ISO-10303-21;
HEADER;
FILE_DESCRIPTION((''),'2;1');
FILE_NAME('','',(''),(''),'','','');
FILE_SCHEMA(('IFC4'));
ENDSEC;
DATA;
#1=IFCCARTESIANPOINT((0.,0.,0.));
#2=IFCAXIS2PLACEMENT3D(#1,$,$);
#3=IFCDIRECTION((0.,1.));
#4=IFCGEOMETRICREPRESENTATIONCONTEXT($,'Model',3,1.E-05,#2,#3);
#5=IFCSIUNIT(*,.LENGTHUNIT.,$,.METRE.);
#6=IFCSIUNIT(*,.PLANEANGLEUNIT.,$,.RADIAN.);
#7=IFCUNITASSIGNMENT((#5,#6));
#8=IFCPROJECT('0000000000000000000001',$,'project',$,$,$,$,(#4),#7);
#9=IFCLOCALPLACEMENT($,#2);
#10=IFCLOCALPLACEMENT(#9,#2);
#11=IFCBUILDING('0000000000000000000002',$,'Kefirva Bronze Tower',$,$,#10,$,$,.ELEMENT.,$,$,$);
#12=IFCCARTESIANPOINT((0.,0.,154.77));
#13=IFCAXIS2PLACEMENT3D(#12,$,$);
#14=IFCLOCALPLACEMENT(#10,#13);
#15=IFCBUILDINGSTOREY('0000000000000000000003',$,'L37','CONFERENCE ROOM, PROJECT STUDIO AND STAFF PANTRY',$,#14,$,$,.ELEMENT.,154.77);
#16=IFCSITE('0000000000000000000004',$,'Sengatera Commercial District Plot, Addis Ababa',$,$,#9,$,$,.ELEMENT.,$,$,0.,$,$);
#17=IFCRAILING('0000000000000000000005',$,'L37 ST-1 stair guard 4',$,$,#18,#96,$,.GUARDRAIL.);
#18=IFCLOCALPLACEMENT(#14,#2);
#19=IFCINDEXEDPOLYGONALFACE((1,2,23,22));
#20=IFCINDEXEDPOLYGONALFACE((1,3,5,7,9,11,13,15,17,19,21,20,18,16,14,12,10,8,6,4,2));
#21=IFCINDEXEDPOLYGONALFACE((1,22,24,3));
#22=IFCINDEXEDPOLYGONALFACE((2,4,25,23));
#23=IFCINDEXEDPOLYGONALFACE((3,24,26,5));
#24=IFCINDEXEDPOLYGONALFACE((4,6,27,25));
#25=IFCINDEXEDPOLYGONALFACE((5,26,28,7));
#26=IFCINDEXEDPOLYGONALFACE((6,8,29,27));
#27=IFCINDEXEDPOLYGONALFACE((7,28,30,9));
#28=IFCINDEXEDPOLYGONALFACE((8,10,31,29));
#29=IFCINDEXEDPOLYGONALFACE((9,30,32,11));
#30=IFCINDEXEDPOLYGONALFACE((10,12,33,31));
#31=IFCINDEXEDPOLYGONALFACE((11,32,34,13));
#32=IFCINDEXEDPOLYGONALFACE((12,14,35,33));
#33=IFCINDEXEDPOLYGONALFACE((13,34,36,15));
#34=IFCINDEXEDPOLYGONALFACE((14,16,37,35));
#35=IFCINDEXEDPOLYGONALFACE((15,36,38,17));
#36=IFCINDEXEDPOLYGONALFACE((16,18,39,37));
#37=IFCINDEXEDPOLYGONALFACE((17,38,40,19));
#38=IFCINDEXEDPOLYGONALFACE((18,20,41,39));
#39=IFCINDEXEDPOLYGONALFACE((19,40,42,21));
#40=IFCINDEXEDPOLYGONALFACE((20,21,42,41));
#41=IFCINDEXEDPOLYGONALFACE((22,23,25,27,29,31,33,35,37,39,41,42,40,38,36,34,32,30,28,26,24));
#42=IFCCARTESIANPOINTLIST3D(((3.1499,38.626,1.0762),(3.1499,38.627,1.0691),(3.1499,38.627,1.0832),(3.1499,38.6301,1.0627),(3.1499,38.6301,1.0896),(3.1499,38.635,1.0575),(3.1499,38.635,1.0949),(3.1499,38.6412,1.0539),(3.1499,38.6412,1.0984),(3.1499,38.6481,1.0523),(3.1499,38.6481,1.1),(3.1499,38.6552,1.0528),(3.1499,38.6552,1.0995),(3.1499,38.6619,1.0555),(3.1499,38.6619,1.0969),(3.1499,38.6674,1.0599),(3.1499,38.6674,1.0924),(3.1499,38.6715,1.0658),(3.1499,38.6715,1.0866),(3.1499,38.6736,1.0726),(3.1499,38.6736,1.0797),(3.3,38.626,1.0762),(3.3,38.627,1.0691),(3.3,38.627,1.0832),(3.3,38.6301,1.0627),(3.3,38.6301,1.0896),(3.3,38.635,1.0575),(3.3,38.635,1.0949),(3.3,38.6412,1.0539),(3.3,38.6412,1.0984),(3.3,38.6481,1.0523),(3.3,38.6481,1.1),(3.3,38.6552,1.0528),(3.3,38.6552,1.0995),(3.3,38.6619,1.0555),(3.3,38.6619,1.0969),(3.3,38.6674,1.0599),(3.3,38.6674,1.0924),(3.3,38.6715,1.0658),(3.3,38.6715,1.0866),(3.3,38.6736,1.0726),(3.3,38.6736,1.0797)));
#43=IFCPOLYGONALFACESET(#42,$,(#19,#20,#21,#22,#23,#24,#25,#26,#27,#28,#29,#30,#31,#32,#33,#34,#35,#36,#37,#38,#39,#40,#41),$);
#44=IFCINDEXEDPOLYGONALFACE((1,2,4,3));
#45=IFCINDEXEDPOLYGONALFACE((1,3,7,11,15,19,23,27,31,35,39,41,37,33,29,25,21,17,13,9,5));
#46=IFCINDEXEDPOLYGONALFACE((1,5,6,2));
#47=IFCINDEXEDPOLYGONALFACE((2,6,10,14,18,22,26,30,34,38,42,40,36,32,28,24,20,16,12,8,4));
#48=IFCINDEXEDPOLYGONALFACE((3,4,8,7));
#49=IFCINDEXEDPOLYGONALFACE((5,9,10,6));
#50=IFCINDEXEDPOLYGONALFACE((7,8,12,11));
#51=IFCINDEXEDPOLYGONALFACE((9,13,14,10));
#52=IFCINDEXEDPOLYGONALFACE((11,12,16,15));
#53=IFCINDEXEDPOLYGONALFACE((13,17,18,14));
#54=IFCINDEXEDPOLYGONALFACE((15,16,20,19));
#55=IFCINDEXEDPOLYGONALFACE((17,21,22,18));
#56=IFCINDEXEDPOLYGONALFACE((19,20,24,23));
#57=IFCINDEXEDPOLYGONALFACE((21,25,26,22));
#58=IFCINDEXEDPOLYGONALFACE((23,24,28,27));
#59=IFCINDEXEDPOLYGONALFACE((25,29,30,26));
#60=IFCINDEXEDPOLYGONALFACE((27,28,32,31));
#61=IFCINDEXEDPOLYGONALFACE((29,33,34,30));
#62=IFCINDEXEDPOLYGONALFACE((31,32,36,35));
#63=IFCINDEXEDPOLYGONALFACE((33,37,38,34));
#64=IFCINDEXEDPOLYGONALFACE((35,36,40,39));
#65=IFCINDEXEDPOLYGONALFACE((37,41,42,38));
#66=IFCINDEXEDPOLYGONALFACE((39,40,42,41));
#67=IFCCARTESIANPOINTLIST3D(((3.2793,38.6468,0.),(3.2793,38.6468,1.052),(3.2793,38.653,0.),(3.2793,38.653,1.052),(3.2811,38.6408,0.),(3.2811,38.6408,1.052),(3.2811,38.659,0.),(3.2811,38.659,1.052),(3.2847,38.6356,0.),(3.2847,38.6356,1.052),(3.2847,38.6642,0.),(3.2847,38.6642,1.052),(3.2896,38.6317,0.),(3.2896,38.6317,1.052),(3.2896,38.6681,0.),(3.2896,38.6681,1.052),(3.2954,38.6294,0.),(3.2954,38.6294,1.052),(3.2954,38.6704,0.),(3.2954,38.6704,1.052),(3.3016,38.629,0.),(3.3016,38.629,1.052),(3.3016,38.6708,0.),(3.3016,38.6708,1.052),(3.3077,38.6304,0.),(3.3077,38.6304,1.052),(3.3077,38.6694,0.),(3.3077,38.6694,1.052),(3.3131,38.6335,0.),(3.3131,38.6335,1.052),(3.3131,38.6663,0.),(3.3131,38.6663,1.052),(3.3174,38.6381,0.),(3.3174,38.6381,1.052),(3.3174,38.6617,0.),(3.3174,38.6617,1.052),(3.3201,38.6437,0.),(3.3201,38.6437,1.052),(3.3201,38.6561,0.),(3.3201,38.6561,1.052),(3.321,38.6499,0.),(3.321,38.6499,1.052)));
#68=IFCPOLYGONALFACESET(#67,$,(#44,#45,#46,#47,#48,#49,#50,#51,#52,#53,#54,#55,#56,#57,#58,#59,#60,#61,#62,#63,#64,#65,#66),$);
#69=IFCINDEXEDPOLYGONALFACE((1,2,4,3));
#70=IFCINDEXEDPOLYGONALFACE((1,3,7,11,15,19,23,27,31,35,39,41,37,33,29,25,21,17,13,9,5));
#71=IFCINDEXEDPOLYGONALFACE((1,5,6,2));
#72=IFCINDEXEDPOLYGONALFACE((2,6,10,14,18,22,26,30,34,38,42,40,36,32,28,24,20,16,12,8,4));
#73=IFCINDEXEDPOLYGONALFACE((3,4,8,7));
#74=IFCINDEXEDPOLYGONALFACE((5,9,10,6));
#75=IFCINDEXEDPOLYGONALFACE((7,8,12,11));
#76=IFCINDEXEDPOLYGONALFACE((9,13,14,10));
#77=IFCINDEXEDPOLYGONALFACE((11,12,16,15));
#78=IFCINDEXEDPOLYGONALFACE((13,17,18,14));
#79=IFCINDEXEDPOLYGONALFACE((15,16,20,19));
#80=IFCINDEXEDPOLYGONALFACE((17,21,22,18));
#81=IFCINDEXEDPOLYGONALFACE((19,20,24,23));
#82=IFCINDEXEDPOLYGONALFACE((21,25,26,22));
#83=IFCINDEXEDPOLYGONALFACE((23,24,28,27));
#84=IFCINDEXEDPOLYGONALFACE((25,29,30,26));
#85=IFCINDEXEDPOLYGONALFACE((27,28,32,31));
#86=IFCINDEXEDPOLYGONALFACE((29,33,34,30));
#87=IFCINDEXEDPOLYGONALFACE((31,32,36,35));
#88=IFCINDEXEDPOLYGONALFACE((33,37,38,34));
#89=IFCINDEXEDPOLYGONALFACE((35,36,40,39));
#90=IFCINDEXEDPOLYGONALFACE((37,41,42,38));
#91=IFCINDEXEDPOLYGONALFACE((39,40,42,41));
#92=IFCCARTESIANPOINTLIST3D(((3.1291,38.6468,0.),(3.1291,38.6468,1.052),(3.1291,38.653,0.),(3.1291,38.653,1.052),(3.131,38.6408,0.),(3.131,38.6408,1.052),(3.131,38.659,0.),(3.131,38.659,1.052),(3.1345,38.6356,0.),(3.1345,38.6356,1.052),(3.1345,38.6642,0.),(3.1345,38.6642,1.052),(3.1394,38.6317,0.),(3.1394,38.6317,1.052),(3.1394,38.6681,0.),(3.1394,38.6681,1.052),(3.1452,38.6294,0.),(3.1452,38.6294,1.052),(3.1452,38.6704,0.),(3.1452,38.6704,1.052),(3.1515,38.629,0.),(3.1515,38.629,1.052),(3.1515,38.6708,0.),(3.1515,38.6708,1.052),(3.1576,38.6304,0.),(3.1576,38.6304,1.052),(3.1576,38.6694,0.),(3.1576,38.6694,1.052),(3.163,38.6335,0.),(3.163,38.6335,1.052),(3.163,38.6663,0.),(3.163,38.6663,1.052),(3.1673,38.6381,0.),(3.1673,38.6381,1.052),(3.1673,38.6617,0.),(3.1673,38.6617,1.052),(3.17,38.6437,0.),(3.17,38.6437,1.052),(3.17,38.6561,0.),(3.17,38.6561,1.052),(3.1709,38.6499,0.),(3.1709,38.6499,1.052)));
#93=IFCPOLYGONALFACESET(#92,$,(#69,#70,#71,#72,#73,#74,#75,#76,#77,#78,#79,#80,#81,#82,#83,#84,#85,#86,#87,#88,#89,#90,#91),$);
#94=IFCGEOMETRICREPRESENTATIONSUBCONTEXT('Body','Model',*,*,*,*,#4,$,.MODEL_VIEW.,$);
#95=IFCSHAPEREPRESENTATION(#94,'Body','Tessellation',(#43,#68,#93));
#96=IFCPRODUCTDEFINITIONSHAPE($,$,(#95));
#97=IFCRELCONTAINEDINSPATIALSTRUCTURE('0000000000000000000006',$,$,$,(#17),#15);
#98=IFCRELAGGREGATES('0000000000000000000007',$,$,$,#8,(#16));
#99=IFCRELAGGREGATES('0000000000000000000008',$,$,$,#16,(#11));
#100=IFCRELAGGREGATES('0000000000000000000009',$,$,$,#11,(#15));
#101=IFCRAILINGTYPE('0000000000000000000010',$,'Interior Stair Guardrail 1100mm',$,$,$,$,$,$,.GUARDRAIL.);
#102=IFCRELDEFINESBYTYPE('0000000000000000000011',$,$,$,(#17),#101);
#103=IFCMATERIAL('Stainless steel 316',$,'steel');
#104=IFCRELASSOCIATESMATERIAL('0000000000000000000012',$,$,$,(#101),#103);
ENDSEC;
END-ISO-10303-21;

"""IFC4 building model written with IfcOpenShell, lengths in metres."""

from ifc_helpers import new_model, si_unit, direction, frame, origin, origin_2d, place, context, subcontext, project, spatial, circle, extrude, material, type_object, element, save


model = new_model("IFC4")

# Units and contexts
model_context = context("Model", 3, precision=1e-05, world=origin(), true_north=direction((0.0, 1.0)))
body_context = subcontext(model_context, "Body", "Model", "MODEL_VIEW")
ifc_project = project(units=[si_unit("LENGTHUNIT", "METRE"), si_unit("PLANEANGLEUNIT", "RADIAN")], contexts=[model_context])

# Site, building, storey
site_placement = place(None, origin())
site = spatial("IfcSite", under=ifc_project, at=site_placement, Name="Sengatera Commercial District Plot, Addis Ababa", CompositionType="ELEMENT", RefElevation=0.0)
building_placement = place(site_placement, origin())
building = spatial("IfcBuilding", under=site, at=building_placement, Name="Kefirva Bronze Tower", CompositionType="ELEMENT")
storey_placement = place(building_placement, frame((0.0, 0.0, 154.77)))
storey = spatial("IfcBuildingStorey", under=building, at=storey_placement, Name="L37", Description="CONFERENCE ROOM, PROJECT STUDIO AND STAFF PANTRY", CompositionType="ELEMENT", Elevation=154.77)

# Railing
ifc_material_1 = material(Name="Stainless steel 316", Category="steel")
railing_type_1 = type_object("IfcRailingType", Name="Interior Stair Guardrail 1100mm", PredefinedType="GUARDRAIL", material=ifc_material_1)
railing_1_placement = place(storey_placement, frame((3.3, 38.6499, 0.0)))
element("IfcRailing", 1, at=railing_1_placement, inside=storey, type_object=railing_type_1, Name="L37 ST-1 stair guard 4", PredefinedType="GUARDRAIL", context=body_context, shape_type="SweptSolid", body=[
    extrude(circle(Radius=0.0239, at=origin_2d()), frame((0.0, 0.0, 1.0762), z_axis=(-1.0, 0.0, 0.0), x_axis=(0.0, -1.0, 0.0)), (0.0, 0.0, 1.0), 0.1501),
    extrude(circle(Radius=0.021, at=origin_2d()), origin(), (0.0, 0.0, 1.0), 1.052),
    extrude(circle(Radius=0.021, at=origin_2d()), frame((-0.1501, 0.0, 0.0)), (0.0, 0.0, 1.0), 1.052),
])

save(model, "model.ifc")
